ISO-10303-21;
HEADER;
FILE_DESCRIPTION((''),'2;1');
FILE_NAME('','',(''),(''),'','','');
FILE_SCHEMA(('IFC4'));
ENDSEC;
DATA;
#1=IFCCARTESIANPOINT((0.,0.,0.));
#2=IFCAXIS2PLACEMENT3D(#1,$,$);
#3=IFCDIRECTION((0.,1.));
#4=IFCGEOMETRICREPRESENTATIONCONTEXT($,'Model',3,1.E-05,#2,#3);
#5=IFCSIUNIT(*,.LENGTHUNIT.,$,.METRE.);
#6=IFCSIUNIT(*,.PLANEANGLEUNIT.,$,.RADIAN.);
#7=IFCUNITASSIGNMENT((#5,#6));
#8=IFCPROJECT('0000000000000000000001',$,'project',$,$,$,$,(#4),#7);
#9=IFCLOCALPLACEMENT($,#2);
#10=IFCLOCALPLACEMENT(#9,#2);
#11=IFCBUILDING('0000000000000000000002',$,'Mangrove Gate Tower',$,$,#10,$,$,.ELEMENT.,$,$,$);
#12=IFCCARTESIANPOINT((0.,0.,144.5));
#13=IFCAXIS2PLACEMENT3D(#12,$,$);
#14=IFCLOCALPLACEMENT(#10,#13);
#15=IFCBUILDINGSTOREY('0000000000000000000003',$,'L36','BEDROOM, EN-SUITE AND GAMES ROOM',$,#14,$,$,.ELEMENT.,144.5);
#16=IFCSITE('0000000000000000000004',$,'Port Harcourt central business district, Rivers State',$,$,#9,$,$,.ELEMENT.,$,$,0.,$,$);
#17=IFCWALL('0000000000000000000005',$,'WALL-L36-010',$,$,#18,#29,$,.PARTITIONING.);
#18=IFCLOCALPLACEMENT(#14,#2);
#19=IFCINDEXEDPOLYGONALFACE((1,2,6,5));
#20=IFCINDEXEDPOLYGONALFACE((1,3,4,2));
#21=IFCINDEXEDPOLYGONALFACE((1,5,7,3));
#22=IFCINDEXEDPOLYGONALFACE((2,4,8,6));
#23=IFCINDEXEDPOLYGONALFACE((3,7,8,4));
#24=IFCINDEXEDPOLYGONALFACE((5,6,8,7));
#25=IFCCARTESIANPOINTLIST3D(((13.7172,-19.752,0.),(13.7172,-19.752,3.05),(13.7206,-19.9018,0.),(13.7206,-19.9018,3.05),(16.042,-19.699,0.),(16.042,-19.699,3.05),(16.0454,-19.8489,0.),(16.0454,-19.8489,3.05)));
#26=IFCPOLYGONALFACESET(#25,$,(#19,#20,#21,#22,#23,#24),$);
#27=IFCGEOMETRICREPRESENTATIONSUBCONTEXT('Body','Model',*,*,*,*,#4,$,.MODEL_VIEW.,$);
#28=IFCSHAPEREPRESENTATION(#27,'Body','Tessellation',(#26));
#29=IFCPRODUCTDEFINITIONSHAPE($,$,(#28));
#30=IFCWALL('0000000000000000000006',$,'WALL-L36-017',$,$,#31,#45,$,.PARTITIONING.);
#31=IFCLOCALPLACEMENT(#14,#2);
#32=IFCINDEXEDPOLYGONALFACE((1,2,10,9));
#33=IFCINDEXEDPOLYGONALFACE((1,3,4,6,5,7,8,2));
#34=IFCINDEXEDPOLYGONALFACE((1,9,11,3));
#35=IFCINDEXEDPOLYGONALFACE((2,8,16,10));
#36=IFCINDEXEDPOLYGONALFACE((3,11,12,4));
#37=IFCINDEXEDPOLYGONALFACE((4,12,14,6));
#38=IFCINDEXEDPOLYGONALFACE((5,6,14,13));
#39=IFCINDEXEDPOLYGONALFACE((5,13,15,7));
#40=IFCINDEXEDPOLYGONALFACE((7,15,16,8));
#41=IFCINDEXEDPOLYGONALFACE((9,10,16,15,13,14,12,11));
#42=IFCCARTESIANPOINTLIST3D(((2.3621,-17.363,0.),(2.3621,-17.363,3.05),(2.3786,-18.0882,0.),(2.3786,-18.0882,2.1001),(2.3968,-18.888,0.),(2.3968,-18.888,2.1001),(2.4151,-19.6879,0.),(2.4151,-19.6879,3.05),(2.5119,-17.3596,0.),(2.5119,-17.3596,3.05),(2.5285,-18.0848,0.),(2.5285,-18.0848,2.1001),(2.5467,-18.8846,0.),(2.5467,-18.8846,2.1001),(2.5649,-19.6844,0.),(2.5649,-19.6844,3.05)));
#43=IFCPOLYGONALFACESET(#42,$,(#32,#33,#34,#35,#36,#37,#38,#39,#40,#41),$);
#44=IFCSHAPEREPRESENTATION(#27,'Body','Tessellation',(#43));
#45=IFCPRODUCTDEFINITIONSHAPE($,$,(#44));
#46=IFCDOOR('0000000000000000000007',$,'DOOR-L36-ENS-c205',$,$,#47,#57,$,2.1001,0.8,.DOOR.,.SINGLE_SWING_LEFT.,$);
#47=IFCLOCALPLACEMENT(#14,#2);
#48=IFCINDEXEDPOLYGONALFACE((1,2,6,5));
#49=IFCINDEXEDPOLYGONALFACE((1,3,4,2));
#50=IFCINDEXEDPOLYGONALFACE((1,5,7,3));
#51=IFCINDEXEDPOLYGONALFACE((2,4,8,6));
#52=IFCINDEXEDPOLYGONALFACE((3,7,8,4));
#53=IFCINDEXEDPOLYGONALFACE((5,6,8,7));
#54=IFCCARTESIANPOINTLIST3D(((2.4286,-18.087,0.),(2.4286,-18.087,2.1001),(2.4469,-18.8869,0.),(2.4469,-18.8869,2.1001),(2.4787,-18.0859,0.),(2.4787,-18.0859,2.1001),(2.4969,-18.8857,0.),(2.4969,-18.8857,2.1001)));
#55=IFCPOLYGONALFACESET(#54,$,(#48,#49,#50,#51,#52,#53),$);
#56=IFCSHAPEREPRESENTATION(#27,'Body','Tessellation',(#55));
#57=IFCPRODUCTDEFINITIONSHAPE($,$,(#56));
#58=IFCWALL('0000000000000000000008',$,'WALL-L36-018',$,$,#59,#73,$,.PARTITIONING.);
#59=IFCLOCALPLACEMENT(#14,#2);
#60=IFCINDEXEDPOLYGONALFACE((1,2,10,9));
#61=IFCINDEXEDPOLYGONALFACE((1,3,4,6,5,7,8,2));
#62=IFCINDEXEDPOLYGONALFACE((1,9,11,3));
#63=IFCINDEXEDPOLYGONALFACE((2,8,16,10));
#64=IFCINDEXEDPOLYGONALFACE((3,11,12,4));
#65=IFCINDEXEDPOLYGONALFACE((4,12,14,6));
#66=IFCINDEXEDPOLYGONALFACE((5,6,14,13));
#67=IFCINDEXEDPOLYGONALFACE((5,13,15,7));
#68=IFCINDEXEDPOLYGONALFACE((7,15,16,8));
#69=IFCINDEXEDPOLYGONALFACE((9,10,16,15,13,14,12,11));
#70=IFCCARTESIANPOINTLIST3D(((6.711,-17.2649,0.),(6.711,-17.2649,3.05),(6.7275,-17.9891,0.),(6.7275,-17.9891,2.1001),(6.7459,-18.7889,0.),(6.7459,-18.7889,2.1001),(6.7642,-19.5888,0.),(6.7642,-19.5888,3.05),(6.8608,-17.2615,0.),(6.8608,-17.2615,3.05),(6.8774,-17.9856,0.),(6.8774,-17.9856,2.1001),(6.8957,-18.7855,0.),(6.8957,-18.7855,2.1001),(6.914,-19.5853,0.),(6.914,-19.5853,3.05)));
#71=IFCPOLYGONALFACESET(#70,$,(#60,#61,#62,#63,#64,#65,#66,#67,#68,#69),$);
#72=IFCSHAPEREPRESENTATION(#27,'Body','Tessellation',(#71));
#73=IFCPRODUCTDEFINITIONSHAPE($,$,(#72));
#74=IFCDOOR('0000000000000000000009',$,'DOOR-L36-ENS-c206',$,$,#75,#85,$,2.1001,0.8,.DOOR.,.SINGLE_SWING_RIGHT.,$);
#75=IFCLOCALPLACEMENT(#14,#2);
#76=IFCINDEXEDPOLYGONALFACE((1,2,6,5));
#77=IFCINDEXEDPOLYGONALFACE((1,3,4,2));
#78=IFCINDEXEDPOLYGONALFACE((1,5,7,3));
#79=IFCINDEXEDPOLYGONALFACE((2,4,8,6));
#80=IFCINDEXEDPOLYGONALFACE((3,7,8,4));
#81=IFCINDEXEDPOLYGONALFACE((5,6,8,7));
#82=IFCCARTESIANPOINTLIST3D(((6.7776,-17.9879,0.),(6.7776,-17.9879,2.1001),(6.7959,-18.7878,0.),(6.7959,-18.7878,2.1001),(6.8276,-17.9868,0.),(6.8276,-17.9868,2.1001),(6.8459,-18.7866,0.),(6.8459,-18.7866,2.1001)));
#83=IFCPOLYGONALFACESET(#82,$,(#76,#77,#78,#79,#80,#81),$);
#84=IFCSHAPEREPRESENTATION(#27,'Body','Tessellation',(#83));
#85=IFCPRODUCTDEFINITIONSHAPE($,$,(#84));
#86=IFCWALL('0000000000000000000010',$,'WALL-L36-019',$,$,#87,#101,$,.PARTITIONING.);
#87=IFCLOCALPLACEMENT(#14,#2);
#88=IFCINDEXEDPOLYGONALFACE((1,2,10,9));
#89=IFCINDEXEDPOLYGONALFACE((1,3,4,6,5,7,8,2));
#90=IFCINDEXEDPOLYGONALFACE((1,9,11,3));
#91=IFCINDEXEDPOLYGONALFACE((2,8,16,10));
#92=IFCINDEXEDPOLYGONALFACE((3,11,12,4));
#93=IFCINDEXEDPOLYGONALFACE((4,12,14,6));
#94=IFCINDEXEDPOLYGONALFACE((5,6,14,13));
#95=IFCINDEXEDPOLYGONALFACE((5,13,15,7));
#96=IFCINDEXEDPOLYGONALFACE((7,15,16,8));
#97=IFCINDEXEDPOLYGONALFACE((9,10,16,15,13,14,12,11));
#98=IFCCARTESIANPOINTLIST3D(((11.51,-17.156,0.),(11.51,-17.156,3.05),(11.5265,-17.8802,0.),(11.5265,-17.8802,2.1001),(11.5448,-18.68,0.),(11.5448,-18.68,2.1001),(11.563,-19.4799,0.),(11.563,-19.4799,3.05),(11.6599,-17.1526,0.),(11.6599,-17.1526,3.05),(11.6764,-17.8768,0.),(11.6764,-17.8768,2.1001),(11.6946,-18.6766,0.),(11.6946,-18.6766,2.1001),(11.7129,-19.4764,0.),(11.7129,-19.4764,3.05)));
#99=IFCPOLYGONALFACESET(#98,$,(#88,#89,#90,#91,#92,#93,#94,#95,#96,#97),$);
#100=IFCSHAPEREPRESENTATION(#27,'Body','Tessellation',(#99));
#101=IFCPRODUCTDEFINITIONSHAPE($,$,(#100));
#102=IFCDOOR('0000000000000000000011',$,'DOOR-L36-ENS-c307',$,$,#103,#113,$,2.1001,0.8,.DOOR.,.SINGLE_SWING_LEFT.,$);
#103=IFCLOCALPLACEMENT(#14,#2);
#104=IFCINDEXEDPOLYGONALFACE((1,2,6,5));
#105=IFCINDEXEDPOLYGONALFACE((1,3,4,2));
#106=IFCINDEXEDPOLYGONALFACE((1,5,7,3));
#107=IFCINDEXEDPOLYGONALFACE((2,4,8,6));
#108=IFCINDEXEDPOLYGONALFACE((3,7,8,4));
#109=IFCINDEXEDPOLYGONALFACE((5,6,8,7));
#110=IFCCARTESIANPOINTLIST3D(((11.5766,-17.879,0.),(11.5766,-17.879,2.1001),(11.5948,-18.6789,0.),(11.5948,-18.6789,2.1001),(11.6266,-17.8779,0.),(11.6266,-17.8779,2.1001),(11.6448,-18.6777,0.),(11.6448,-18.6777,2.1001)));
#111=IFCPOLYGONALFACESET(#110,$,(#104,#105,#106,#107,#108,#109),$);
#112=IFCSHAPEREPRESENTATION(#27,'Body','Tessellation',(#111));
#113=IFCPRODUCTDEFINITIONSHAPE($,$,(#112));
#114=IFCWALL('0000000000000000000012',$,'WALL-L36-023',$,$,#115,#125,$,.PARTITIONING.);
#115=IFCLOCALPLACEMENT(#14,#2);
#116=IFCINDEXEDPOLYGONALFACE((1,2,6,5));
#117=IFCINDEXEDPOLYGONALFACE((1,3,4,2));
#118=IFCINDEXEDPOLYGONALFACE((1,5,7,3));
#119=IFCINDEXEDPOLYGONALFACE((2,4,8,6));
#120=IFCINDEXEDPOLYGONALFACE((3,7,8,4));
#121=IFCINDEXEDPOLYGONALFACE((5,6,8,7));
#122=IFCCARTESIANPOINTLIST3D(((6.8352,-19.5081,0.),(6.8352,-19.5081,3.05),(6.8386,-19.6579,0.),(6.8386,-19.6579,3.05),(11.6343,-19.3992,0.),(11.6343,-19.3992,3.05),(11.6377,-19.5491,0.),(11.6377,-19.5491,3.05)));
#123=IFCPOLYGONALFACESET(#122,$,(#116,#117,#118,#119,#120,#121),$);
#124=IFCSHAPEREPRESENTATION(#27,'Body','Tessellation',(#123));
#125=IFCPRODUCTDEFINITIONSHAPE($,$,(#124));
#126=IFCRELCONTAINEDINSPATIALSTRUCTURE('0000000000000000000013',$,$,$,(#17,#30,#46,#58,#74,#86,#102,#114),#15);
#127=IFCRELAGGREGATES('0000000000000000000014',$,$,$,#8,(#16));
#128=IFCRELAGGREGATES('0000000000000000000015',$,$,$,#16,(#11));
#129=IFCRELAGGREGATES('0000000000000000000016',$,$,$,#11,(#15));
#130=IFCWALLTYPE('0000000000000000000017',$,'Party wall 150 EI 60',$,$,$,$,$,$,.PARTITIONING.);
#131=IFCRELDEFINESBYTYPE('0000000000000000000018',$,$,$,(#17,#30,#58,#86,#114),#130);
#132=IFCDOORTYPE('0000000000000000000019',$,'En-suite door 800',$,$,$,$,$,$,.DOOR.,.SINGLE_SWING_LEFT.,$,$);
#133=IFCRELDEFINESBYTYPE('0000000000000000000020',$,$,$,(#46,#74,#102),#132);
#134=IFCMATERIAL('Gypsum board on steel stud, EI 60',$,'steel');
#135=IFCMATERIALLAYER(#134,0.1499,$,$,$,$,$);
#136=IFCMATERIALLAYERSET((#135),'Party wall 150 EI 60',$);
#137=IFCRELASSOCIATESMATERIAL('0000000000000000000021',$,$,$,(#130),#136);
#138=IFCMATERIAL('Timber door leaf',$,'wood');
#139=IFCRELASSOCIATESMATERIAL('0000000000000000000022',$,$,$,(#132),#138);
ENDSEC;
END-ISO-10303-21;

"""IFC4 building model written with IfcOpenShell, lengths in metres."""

from ifc_helpers import new_model, si_unit, direction, frame, frame_2d, origin, place, context, subcontext, project, spatial, rectangle, extrude, material, layer, layer_set, type_object, element, fill, save


model = new_model("IFC4")

# Units and contexts
model_context = context("Model", 3, precision=1e-05, world=origin(), true_north=direction((0.0, 1.0)))
body_context = subcontext(model_context, "Body", "Model", "MODEL_VIEW")
ifc_project = project(units=[si_unit("LENGTHUNIT", "METRE"), si_unit("PLANEANGLEUNIT", "RADIAN")], contexts=[model_context])

# Site, building, storey
site_placement = place(None, origin())
site = spatial("IfcSite", under=ifc_project, at=site_placement, Name="Port Harcourt central business district, Rivers State", CompositionType="ELEMENT", RefElevation=0.0)
building_placement = place(site_placement, origin())
building = spatial("IfcBuilding", under=site, at=building_placement, Name="Mangrove Gate Tower", CompositionType="ELEMENT")
storey_placement = place(building_placement, frame((0.0, 0.0, 144.5)))
storey = spatial("IfcBuildingStorey", under=building, at=storey_placement, Name="L36", Description="BEDROOM, EN-SUITE AND GAMES ROOM", CompositionType="ELEMENT", Elevation=144.5)

# Wall
ifc_material_1 = material(Name="Gypsum board on steel stud, EI 60", Category="steel")
ifc_layer_1 = layer(ifc_material_1, 0.1499)
ifc_layer_set_1 = layer_set([ifc_layer_1], Name="Party wall 150 EI 60")
wall_type_1 = type_object("IfcWallType", Name="Party wall 150 EI 60", PredefinedType="PARTITIONING", material=ifc_layer_set_1)
wall_1_placement = place(storey_placement, frame((13.719, -19.8269, 0.0), z_axis=(0.0, 0.0, 1.0), x_axis=(0.99974, 0.022781, 0.0)))
element("IfcWall", 1, at=wall_1_placement, inside=storey, type_object=wall_type_1, Name="WALL-L36-010", PredefinedType="PARTITIONING", context=body_context, shape_type="SweptSolid", body=[
    extrude(rectangle(XDim=2.3254, YDim=0.1499, at=frame_2d((1.1626, 0.0))), origin(), (0.0, 0.0, 1.0), 3.05),
])

# Walls, openings, doors
wall_2_placement = place(storey_placement, frame((2.49, -19.686, 0.0), z_axis=(0.0, 0.0, 1.0), x_axis=(-0.022781, 0.99974, 0.0)))
wall_2 = element("IfcWall", 2, at=wall_2_placement, inside=storey, type_object=wall_type_1, Name="WALL-L36-017", PredefinedType="PARTITIONING", context=body_context, shape_type="SweptSolid", body=[
    extrude(rectangle(XDim=2.3254, YDim=0.1499, at=frame_2d((1.1626, 0.0))), origin(), (0.0, 0.0, 1.0), 3.05),
])
opening_1_placement = place(wall_2_placement, frame((0.8, 0.0, 0.0)))
opening_1 = element("IfcOpeningElement", 3, at=opening_1_placement, cuts=wall_2, PredefinedType="OPENING", context=body_context, shape_type="SweptSolid", body=[
    extrude(rectangle(XDim=0.8, YDim=2.1001, at=frame_2d((0.3999, 1.05))), frame((0.0, 0.085, 0.0), z_axis=(0.0, -1.0, 0.0), x_axis=(1.0, 0.0, 0.0)), (0.0, 0.0, 1.0), 0.1699),
])
ifc_material_2 = material(Name="Timber door leaf", Category="wood")
door_type_1 = type_object("IfcDoorType", Name="En-suite door 800", OperationType="SINGLE_SWING_LEFT", PredefinedType="DOOR", material=ifc_material_2)
door_1_placement = place(opening_1_placement, origin())
door_1 = element("IfcDoor", 4, at=door_1_placement, inside=storey, type_object=door_type_1, Name="DOOR-L36-ENS-c205", OperationType="SINGLE_SWING_LEFT", OverallHeight=2.1001, OverallWidth=0.8, PredefinedType="DOOR", context=body_context, shape_type="SweptSolid", body=[
    extrude(rectangle(XDim=0.8, YDim=2.1001, at=frame_2d((0.3999, 1.05))), frame((0.0, 0.0249, 0.0), z_axis=(0.0, -1.0, 0.0), x_axis=(1.0, 0.0, 0.0)), (0.0, 0.0, 1.0), 0.05),
])
fill(opening_1, door_1)
wall_3_placement = place(storey_placement, frame((6.8391, -19.5869, 0.0), z_axis=(0.0, 0.0, 1.0), x_axis=(-0.022896, 0.999738, 0.0)))
wall_3 = element("IfcWall", 5, at=wall_3_placement, inside=storey, type_object=wall_type_1, Name="WALL-L36-018", PredefinedType="PARTITIONING", context=body_context, shape_type="SweptSolid", body=[
    extrude(rectangle(XDim=2.3245, YDim=0.1499, at=frame_2d((1.1621, 0.0))), origin(), (0.0, 0.0, 1.0), 3.05),
])
opening_2_placement = place(wall_3_placement, frame((0.8, 0.0, 0.0)))
opening_2 = element("IfcOpeningElement", 6, at=opening_2_placement, cuts=wall_3, PredefinedType="OPENING", context=body_context, shape_type="SweptSolid", body=[
    extrude(rectangle(XDim=0.8, YDim=2.1001, at=frame_2d((0.3999, 1.05))), frame((0.0, 0.085, 0.0), z_axis=(0.0, -1.0, 0.0), x_axis=(1.0, 0.0, 0.0)), (0.0, 0.0, 1.0), 0.1699),
])
door_2_placement = place(opening_2_placement, origin())
door_2 = element("IfcDoor", 7, at=door_2_placement, inside=storey, type_object=door_type_1, Name="DOOR-L36-ENS-c206", OperationType="SINGLE_SWING_RIGHT", OverallHeight=2.1001, OverallWidth=0.8, PredefinedType="DOOR", context=body_context, shape_type="SweptSolid", body=[
    extrude(rectangle(XDim=0.8, YDim=2.1001, at=frame_2d((0.3999, 1.05))), frame((0.0, 0.0249, 0.0), z_axis=(0.0, -1.0, 0.0), x_axis=(1.0, 0.0, 0.0)), (0.0, 0.0, 1.0), 0.05),
])
fill(opening_2, door_2)
wall_4_placement = place(storey_placement, frame((11.6379, -19.478, 0.0), z_axis=(0.0, 0.0, 1.0), x_axis=(-0.022791, 0.99974, 0.0)))
wall_4 = element("IfcWall", 8, at=wall_4_placement, inside=storey, type_object=wall_type_1, Name="WALL-L36-019", PredefinedType="PARTITIONING", context=body_context, shape_type="SweptSolid", body=[
    extrude(rectangle(XDim=2.3245, YDim=0.1499, at=frame_2d((1.1621, 0.0))), origin(), (0.0, 0.0, 1.0), 3.05),
])
opening_3_placement = place(wall_4_placement, frame((0.8, 0.0, 0.0)))
opening_3 = element("IfcOpeningElement", 9, at=opening_3_placement, cuts=wall_4, PredefinedType="OPENING", context=body_context, shape_type="SweptSolid", body=[
    extrude(rectangle(XDim=0.8, YDim=2.1001, at=frame_2d((0.3999, 1.05))), frame((0.0, 0.085, 0.0), z_axis=(0.0, -1.0, 0.0), x_axis=(1.0, 0.0, 0.0)), (0.0, 0.0, 1.0), 0.1699),
])
door_3_placement = place(opening_3_placement, origin())
door_3 = element("IfcDoor", 10, at=door_3_placement, inside=storey, type_object=door_type_1, Name="DOOR-L36-ENS-c307", OperationType="SINGLE_SWING_LEFT", OverallHeight=2.1001, OverallWidth=0.8, PredefinedType="DOOR", context=body_context, shape_type="SweptSolid", body=[
    extrude(rectangle(XDim=0.8, YDim=2.1001, at=frame_2d((0.3999, 1.05))), frame((0.0, 0.0249, 0.0), z_axis=(0.0, -1.0, 0.0), x_axis=(1.0, 0.0, 0.0)), (0.0, 0.0, 1.0), 0.05),
])
fill(opening_3, door_3)

# Wall
wall_5_placement = place(storey_placement, frame((6.8369, -19.583, 0.0), z_axis=(0.0, 0.0, 1.0), x_axis=(0.999743, 0.022683, 0.0)))
element("IfcWall", 11, at=wall_5_placement, inside=storey, type_object=wall_type_1, Name="WALL-L36-023", PredefinedType="PARTITIONING", context=body_context, shape_type="SweptSolid", body=[
    extrude(rectangle(XDim=4.8003, YDim=0.1499, at=frame_2d((2.4001, 0.0))), origin(), (0.0, 0.0, 1.0), 3.05),
])

save(model, "model.ifc")
